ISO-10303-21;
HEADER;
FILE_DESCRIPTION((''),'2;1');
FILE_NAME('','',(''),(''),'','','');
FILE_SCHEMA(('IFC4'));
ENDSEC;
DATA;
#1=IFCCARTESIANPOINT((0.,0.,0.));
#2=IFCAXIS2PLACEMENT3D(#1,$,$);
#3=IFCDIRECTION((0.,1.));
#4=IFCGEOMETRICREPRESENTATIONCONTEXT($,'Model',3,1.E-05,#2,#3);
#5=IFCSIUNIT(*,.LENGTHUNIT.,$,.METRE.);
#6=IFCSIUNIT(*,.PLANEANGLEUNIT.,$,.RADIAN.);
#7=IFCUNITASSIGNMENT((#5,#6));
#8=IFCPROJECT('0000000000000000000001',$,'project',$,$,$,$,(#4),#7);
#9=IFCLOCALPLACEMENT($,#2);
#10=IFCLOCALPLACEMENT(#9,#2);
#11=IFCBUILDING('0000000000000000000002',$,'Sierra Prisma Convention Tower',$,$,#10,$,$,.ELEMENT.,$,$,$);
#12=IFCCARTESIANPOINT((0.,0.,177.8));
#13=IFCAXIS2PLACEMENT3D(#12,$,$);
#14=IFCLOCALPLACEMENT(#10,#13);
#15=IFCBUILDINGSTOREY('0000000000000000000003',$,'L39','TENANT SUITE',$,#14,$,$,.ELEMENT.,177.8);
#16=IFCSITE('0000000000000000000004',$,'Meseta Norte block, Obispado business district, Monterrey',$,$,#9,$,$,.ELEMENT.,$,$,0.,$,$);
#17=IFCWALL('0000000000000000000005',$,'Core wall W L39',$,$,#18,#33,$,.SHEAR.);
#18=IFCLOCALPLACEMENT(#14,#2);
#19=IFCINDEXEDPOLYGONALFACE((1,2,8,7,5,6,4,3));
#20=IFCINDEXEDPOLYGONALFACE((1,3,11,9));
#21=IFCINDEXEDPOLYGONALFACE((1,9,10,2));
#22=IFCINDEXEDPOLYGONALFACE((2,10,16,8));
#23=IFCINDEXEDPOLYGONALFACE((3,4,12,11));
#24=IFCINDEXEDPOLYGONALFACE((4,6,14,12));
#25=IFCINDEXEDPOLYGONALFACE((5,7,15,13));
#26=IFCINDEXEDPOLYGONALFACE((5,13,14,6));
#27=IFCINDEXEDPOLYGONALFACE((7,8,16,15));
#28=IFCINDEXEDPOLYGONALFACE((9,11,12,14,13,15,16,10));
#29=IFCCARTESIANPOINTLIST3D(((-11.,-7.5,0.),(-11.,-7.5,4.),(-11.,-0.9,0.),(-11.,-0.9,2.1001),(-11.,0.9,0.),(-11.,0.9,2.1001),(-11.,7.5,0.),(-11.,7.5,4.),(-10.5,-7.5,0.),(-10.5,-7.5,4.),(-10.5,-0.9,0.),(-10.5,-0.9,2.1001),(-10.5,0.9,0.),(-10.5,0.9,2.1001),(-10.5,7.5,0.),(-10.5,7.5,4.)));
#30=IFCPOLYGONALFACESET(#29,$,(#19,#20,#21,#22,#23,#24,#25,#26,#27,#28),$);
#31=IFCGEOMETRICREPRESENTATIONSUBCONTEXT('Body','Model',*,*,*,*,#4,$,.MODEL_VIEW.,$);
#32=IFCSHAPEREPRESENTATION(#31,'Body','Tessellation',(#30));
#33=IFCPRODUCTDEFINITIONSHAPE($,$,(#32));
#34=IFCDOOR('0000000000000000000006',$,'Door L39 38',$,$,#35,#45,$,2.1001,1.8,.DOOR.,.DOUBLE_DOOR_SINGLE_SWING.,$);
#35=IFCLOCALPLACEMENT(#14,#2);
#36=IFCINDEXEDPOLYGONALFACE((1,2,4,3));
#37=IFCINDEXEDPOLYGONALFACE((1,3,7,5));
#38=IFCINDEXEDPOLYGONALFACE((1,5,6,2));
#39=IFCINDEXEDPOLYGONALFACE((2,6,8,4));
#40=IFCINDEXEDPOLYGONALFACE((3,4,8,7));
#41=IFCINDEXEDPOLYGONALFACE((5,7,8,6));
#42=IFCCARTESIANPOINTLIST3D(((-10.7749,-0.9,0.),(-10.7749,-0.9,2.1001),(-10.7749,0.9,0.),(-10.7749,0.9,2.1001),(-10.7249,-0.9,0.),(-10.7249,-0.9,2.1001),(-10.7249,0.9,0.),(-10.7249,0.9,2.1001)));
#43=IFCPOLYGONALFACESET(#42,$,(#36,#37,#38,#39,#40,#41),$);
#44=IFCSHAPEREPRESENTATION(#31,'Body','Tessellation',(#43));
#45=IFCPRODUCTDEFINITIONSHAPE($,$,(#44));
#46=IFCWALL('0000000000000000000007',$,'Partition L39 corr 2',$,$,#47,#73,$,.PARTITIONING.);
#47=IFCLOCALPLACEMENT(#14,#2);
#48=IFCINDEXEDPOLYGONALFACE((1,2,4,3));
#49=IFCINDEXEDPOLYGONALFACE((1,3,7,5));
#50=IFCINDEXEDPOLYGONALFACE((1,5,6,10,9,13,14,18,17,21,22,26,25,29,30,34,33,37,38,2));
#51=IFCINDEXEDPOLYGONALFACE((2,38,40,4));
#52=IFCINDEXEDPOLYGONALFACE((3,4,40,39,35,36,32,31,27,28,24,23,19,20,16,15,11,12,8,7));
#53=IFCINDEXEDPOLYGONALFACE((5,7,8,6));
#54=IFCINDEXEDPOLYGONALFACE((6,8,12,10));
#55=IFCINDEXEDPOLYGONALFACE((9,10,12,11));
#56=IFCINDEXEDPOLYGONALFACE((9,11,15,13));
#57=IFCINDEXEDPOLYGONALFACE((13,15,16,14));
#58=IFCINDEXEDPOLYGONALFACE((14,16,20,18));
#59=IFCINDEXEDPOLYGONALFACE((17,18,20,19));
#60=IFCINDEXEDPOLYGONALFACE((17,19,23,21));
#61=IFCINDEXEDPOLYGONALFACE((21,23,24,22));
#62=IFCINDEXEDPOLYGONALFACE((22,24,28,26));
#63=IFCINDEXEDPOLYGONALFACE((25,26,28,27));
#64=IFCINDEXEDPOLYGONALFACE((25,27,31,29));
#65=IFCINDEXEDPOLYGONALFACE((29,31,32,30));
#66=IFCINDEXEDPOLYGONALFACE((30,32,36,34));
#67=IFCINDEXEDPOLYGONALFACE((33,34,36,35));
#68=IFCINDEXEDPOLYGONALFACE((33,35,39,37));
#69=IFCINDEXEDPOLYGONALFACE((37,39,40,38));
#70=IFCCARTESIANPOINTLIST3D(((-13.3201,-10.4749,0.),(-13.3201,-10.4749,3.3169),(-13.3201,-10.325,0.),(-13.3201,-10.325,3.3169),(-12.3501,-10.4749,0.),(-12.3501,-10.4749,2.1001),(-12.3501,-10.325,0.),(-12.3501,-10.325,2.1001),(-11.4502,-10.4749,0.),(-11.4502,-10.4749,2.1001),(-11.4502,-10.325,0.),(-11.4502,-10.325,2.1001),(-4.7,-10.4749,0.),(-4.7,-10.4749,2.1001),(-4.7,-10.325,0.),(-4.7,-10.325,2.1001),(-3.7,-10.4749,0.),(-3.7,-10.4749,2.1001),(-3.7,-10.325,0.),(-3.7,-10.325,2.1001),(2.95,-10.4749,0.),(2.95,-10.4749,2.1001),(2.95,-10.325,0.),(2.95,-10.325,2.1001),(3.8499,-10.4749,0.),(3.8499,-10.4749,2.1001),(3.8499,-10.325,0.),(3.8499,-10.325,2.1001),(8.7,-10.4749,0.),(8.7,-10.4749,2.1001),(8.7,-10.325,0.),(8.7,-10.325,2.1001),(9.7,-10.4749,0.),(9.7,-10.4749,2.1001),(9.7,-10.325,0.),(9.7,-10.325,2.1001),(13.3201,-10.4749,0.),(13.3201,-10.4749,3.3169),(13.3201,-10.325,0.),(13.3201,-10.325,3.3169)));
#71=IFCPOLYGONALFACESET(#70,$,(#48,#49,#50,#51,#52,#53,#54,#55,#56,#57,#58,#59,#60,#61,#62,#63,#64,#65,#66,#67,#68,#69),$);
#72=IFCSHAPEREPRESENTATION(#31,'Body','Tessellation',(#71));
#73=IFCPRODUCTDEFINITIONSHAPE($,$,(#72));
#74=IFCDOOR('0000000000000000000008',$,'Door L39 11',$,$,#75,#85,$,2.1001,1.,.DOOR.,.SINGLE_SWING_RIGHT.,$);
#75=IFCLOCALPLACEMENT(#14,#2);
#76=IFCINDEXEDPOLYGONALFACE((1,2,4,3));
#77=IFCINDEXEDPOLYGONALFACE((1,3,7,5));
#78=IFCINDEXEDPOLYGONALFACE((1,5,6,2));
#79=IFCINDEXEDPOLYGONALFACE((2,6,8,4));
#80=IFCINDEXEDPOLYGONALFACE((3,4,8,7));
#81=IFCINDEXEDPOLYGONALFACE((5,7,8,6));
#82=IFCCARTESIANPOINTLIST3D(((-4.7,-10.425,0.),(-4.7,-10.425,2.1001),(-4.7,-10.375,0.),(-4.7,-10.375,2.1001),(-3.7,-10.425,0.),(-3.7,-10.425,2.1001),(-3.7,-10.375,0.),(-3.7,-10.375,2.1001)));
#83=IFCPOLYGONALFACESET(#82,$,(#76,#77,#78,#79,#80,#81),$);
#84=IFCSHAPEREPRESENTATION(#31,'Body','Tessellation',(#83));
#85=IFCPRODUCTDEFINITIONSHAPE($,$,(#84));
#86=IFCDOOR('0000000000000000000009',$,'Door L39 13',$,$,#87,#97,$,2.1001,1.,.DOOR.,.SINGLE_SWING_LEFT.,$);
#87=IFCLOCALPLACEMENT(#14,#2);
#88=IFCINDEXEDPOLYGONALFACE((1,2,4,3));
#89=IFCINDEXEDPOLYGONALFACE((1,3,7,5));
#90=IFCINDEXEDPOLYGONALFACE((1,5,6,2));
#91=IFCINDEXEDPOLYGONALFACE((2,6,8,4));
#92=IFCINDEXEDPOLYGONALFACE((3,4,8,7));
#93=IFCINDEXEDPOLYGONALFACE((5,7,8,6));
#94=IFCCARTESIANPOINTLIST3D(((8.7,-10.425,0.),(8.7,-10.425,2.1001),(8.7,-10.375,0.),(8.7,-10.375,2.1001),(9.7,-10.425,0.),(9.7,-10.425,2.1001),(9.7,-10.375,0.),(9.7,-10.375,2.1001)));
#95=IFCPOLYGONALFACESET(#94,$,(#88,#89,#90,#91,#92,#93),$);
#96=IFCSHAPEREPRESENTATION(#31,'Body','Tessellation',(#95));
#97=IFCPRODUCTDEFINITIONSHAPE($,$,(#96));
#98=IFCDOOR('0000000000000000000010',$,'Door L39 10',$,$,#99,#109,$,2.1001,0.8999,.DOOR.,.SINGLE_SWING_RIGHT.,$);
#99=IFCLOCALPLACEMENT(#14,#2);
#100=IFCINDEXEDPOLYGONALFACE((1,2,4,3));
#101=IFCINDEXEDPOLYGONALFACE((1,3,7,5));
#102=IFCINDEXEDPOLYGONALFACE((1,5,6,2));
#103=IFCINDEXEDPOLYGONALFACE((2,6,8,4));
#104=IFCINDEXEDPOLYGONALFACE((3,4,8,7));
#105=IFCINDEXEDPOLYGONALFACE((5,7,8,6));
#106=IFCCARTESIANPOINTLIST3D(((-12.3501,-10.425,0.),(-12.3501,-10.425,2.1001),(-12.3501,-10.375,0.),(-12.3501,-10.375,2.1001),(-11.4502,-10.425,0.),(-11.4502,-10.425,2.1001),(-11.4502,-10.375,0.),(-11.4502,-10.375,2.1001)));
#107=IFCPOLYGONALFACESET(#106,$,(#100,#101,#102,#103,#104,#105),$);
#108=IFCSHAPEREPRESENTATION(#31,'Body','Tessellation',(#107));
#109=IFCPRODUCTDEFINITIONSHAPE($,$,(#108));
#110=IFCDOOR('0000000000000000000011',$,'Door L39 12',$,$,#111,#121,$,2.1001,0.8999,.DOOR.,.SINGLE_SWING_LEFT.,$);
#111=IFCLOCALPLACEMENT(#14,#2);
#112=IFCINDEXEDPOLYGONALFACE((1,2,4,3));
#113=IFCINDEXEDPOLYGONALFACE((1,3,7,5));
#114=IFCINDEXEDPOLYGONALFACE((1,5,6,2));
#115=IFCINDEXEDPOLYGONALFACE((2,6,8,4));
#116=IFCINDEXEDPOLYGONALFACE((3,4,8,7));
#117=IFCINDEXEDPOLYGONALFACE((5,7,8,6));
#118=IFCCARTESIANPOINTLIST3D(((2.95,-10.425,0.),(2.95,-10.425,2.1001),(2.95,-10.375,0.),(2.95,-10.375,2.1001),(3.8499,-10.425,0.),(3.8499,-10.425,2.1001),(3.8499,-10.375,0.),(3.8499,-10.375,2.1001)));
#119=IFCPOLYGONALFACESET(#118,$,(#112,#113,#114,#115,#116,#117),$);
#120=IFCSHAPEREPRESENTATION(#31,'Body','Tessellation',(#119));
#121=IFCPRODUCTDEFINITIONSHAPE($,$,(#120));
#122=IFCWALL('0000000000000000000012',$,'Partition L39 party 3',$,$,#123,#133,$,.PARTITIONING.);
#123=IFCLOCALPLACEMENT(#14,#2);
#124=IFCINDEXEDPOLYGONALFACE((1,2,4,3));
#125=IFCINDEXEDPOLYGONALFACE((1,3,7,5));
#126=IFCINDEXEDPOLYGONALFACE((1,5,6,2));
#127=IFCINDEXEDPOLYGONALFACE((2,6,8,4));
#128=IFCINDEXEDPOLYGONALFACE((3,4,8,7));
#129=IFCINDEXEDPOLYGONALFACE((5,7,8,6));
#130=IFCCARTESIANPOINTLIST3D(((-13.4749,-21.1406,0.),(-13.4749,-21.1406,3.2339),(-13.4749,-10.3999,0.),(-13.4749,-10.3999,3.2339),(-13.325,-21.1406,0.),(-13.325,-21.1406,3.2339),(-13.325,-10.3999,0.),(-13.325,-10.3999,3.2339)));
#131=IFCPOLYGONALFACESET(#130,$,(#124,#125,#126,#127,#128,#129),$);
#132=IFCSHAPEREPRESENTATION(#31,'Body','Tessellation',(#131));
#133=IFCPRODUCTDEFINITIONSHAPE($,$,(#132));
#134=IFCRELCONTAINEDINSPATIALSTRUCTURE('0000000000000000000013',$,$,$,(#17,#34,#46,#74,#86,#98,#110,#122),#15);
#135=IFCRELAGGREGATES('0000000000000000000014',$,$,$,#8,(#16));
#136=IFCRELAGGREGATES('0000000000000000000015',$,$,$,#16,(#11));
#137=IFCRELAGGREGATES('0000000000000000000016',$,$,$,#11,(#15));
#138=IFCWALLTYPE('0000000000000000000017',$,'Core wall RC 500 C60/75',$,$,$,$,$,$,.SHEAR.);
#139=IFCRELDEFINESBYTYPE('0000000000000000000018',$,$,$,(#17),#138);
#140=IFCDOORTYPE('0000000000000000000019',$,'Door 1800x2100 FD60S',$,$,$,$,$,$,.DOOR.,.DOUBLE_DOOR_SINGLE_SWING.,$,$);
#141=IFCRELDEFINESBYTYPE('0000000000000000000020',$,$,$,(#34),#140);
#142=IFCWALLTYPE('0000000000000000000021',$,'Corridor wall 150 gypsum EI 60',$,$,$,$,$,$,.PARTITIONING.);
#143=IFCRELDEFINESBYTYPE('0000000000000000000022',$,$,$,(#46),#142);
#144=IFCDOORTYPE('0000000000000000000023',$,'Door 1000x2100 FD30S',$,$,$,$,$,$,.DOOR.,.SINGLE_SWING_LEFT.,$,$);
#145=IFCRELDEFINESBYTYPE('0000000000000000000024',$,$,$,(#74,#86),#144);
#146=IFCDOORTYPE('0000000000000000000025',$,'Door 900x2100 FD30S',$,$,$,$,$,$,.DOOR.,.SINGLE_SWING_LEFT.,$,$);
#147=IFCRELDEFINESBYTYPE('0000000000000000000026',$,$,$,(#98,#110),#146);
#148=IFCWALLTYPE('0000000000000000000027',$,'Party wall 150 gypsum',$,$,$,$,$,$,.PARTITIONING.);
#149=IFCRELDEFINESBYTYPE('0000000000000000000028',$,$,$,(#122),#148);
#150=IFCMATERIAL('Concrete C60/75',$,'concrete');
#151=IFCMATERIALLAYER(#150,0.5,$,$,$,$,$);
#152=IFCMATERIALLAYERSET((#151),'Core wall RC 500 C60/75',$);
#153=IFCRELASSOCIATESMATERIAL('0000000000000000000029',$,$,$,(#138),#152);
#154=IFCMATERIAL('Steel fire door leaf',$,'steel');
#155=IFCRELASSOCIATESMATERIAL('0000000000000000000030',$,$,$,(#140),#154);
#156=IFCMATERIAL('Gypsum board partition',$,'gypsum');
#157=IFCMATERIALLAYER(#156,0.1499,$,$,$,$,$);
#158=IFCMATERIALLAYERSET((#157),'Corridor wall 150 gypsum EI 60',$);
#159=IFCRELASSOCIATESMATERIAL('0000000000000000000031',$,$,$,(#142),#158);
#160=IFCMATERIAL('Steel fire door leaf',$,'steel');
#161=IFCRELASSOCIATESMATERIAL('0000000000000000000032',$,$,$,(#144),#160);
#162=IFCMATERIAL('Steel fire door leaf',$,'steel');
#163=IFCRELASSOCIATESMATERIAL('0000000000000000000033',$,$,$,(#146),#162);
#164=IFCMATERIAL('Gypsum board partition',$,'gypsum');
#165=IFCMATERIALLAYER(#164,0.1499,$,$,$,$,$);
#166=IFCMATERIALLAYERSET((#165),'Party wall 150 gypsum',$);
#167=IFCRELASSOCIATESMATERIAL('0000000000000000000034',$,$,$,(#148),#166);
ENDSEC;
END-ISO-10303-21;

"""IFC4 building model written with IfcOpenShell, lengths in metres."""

from ifc_helpers import new_model, si_unit, direction, frame, frame_2d, origin, place, context, subcontext, project, spatial, rectangle, extrude, material, layer, layer_set, type_object, element, fill, save


model = new_model("IFC4")

# Units and contexts
model_context = context("Model", 3, precision=1e-05, world=origin(), true_north=direction((0.0, 1.0)))
body_context = subcontext(model_context, "Body", "Model", "MODEL_VIEW")
ifc_project = project(units=[si_unit("LENGTHUNIT", "METRE"), si_unit("PLANEANGLEUNIT", "RADIAN")], contexts=[model_context])

# Site, building, storey
site_placement = place(None, origin())
site = spatial("IfcSite", under=ifc_project, at=site_placement, Name="Meseta Norte block, Obispado business district, Monterrey", CompositionType="ELEMENT", RefElevation=0.0)
building_placement = place(site_placement, origin())
building = spatial("IfcBuilding", under=site, at=building_placement, Name="Sierra Prisma Convention Tower", CompositionType="ELEMENT")
storey_placement = place(building_placement, frame((0.0, 0.0, 177.8)))
storey = spatial("IfcBuildingStorey", under=building, at=storey_placement, Name="L39", Description="TENANT SUITE", CompositionType="ELEMENT", Elevation=177.8)

# Wall, opening, door
ifc_material_1 = material(Name="Concrete C60/75", Category="concrete")
ifc_layer_1 = layer(ifc_material_1, 0.5)
ifc_layer_set_1 = layer_set([ifc_layer_1], Name="Core wall RC 500 C60/75")
wall_type_1 = type_object("IfcWallType", Name="Core wall RC 500 C60/75", PredefinedType="SHEAR", material=ifc_layer_set_1)
wall_1_placement = place(storey_placement, frame((-10.75, -7.5, 0.0), z_axis=(0.0, 0.0, 1.0), x_axis=(0.0, 1.0, 0.0)))
wall_1 = element("IfcWall", 1, at=wall_1_placement, inside=storey, type_object=wall_type_1, Name="Core wall W L39", PredefinedType="SHEAR", context=body_context, shape_type="SweptSolid", body=[
    extrude(rectangle(XDim=15.0, YDim=0.5, at=frame_2d((7.5, 0.0))), origin(), (0.0, 0.0, 1.0), 4.0),
])
opening_1_placement = place(wall_1_placement, frame((6.6001, 0.0, 0.0)))
opening_1 = element("IfcOpeningElement", 2, at=opening_1_placement, cuts=wall_1, PredefinedType="OPENING", context=body_context, shape_type="SweptSolid", body=[
    extrude(rectangle(XDim=1.8, YDim=2.1001, at=frame_2d((0.8999, 1.05))), frame((0.0, 0.25, 0.0), z_axis=(0.0, -1.0, 0.0), x_axis=(1.0, 0.0, 0.0)), (0.0, 0.0, 1.0), 0.5),
])
ifc_material_2 = material(Name="Steel fire door leaf", Category="steel")
door_type_1 = type_object("IfcDoorType", Name="Door 1800x2100 FD60S", OperationType="DOUBLE_DOOR_SINGLE_SWING", PredefinedType="DOOR", material=ifc_material_2)
door_1_placement = place(opening_1_placement, origin())
door_1 = element("IfcDoor", 3, at=door_1_placement, inside=storey, type_object=door_type_1, Name="Door L39 38", OperationType="DOUBLE_DOOR_SINGLE_SWING", OverallHeight=2.1001, OverallWidth=1.8, PredefinedType="DOOR", context=body_context, shape_type="SweptSolid", body=[
    extrude(rectangle(XDim=1.8, YDim=2.1001, at=frame_2d((0.8999, 1.05))), frame((0.0, 0.0249, 0.0), z_axis=(0.0, -1.0, 0.0), x_axis=(1.0, 0.0, 0.0)), (0.0, 0.0, 1.0), 0.05),
])
fill(opening_1, door_1)

# Wall, openings, doors
ifc_material_3 = material(Name="Gypsum board partition", Category="gypsum")
ifc_layer_2 = layer(ifc_material_3, 0.1499)
ifc_layer_set_2 = layer_set([ifc_layer_2], Name="Corridor wall 150 gypsum EI 60")
wall_type_2 = type_object("IfcWallType", Name="Corridor wall 150 gypsum EI 60", PredefinedType="PARTITIONING", material=ifc_layer_set_2)
wall_2_placement = place(storey_placement, frame((-13.3201, -10.3999, 0.0), z_axis=(0.0, 0.0, 1.0), x_axis=(1.0, 0.0, 0.0)))
wall_2 = element("IfcWall", 4, at=wall_2_placement, inside=storey, type_object=wall_type_2, Name="Partition L39 corr 2", PredefinedType="PARTITIONING", context=body_context, shape_type="SweptSolid", body=[
    extrude(rectangle(XDim=26.6401, YDim=0.1499, at=frame_2d((13.3201, 0.0))), origin(), (0.0, 0.0, 1.0), 3.3169),
])
opening_2_placement = place(wall_2_placement, frame((0.97, 0.0, 0.0)))
opening_2 = element("IfcOpeningElement", 5, at=opening_2_placement, cuts=wall_2, PredefinedType="OPENING", context=body_context, shape_type="SweptSolid", body=[
    extrude(rectangle(XDim=0.8999, YDim=2.1001, at=frame_2d((0.45, 1.05))), frame((0.0, 0.075, 0.0), z_axis=(0.0, -1.0, 0.0), x_axis=(1.0, 0.0, 0.0)), (0.0, 0.0, 1.0), 0.1499),
])
opening_3_placement = place(wall_2_placement, frame((8.6201, 0.0, 0.0)))
opening_3 = element("IfcOpeningElement", 6, at=opening_3_placement, cuts=wall_2, PredefinedType="OPENING", context=body_context, shape_type="SweptSolid", body=[
    extrude(rectangle(XDim=1.0, YDim=2.1001, at=frame_2d((0.5, 1.05))), frame((0.0, 0.075, 0.0), z_axis=(0.0, -1.0, 0.0), x_axis=(1.0, 0.0, 0.0)), (0.0, 0.0, 1.0), 0.1499),
])
opening_4_placement = place(wall_2_placement, frame((16.27, 0.0, 0.0)))
opening_4 = element("IfcOpeningElement", 7, at=opening_4_placement, cuts=wall_2, PredefinedType="OPENING", context=body_context, shape_type="SweptSolid", body=[
    extrude(rectangle(XDim=0.8999, YDim=2.1001, at=frame_2d((0.45, 1.05))), frame((0.0, 0.075, 0.0), z_axis=(0.0, -1.0, 0.0), x_axis=(1.0, 0.0, 0.0)), (0.0, 0.0, 1.0), 0.1499),
])
opening_5_placement = place(wall_2_placement, frame((22.02, 0.0, 0.0)))
opening_5 = element("IfcOpeningElement", 8, at=opening_5_placement, cuts=wall_2, PredefinedType="OPENING", context=body_context, shape_type="SweptSolid", body=[
    extrude(rectangle(XDim=1.0, YDim=2.1001, at=frame_2d((0.5, 1.05))), frame((0.0, 0.075, 0.0), z_axis=(0.0, -1.0, 0.0), x_axis=(1.0, 0.0, 0.0)), (0.0, 0.0, 1.0), 0.1499),
])
ifc_material_4 = material(Name="Steel fire door leaf", Category="steel")
door_type_2 = type_object("IfcDoorType", Name="Door 1000x2100 FD30S", OperationType="SINGLE_SWING_LEFT", PredefinedType="DOOR", material=ifc_material_4)
door_2_placement = place(opening_3_placement, origin())
door_2 = element("IfcDoor", 9, at=door_2_placement, inside=storey, type_object=door_type_2, Name="Door L39 11", OperationType="SINGLE_SWING_RIGHT", OverallHeight=2.1001, OverallWidth=1.0, PredefinedType="DOOR", context=body_context, shape_type="SweptSolid", body=[
    extrude(rectangle(XDim=1.0, YDim=2.1001, at=frame_2d((0.5, 1.05))), frame((0.0, 0.0249, 0.0), z_axis=(0.0, -1.0, 0.0), x_axis=(1.0, 0.0, 0.0)), (0.0, 0.0, 1.0), 0.05),
])
fill(opening_3, door_2)
door_3_placement = place(opening_5_placement, origin())
door_3 = element("IfcDoor", 10, at=door_3_placement, inside=storey, type_object=door_type_2, Name="Door L39 13", OperationType="SINGLE_SWING_LEFT", OverallHeight=2.1001, OverallWidth=1.0, PredefinedType="DOOR", context=body_context, shape_type="SweptSolid", body=[
    extrude(rectangle(XDim=1.0, YDim=2.1001, at=frame_2d((0.5, 1.05))), frame((0.0, 0.0249, 0.0), z_axis=(0.0, -1.0, 0.0), x_axis=(1.0, 0.0, 0.0)), (0.0, 0.0, 1.0), 0.05),
])
fill(opening_5, door_3)
ifc_material_5 = material(Name="Steel fire door leaf", Category="steel")
door_type_3 = type_object("IfcDoorType", Name="Door 900x2100 FD30S", OperationType="SINGLE_SWING_LEFT", PredefinedType="DOOR", material=ifc_material_5)
door_4_placement = place(opening_2_placement, origin())
door_4 = element("IfcDoor", 11, at=door_4_placement, inside=storey, type_object=door_type_3, Name="Door L39 10", OperationType="SINGLE_SWING_RIGHT", OverallHeight=2.1001, OverallWidth=0.8999, PredefinedType="DOOR", context=body_context, shape_type="SweptSolid", body=[
    extrude(rectangle(XDim=0.8999, YDim=2.1001, at=frame_2d((0.45, 1.05))), frame((0.0, 0.0249, 0.0), z_axis=(0.0, -1.0, 0.0), x_axis=(1.0, 0.0, 0.0)), (0.0, 0.0, 1.0), 0.05),
])
fill(opening_2, door_4)
door_5_placement = place(opening_4_placement, origin())
door_5 = element("IfcDoor", 12, at=door_5_placement, inside=storey, type_object=door_type_3, Name="Door L39 12", OperationType="SINGLE_SWING_LEFT", OverallHeight=2.1001, OverallWidth=0.8999, PredefinedType="DOOR", context=body_context, shape_type="SweptSolid", body=[
    extrude(rectangle(XDim=0.8999, YDim=2.1001, at=frame_2d((0.45, 1.05))), frame((0.0, 0.0249, 0.0), z_axis=(0.0, -1.0, 0.0), x_axis=(1.0, 0.0, 0.0)), (0.0, 0.0, 1.0), 0.05),
])
fill(opening_4, door_5)

# Wall
ifc_material_6 = material(Name="Gypsum board partition", Category="gypsum")
ifc_layer_3 = layer(ifc_material_6, 0.1499)
ifc_layer_set_3 = layer_set([ifc_layer_3], Name="Party wall 150 gypsum")
wall_type_3 = type_object("IfcWallType", Name="Party wall 150 gypsum", PredefinedType="PARTITIONING", material=ifc_layer_set_3)
wall_3_placement = place(storey_placement, frame((-13.3999, -10.3999, 0.0), z_axis=(0.0, 0.0, 1.0), x_axis=(0.0, -1.0, 0.0)))
element("IfcWall", 13, at=wall_3_placement, inside=storey, type_object=wall_type_3, Name="Partition L39 party 3", PredefinedType="PARTITIONING", context=body_context, shape_type="SweptSolid", body=[
    extrude(rectangle(XDim=10.7407, YDim=0.1499, at=frame_2d((5.3704, 0.0))), origin(), (0.0, 0.0, 1.0), 3.2339),
])

save(model, "model.ifc")
